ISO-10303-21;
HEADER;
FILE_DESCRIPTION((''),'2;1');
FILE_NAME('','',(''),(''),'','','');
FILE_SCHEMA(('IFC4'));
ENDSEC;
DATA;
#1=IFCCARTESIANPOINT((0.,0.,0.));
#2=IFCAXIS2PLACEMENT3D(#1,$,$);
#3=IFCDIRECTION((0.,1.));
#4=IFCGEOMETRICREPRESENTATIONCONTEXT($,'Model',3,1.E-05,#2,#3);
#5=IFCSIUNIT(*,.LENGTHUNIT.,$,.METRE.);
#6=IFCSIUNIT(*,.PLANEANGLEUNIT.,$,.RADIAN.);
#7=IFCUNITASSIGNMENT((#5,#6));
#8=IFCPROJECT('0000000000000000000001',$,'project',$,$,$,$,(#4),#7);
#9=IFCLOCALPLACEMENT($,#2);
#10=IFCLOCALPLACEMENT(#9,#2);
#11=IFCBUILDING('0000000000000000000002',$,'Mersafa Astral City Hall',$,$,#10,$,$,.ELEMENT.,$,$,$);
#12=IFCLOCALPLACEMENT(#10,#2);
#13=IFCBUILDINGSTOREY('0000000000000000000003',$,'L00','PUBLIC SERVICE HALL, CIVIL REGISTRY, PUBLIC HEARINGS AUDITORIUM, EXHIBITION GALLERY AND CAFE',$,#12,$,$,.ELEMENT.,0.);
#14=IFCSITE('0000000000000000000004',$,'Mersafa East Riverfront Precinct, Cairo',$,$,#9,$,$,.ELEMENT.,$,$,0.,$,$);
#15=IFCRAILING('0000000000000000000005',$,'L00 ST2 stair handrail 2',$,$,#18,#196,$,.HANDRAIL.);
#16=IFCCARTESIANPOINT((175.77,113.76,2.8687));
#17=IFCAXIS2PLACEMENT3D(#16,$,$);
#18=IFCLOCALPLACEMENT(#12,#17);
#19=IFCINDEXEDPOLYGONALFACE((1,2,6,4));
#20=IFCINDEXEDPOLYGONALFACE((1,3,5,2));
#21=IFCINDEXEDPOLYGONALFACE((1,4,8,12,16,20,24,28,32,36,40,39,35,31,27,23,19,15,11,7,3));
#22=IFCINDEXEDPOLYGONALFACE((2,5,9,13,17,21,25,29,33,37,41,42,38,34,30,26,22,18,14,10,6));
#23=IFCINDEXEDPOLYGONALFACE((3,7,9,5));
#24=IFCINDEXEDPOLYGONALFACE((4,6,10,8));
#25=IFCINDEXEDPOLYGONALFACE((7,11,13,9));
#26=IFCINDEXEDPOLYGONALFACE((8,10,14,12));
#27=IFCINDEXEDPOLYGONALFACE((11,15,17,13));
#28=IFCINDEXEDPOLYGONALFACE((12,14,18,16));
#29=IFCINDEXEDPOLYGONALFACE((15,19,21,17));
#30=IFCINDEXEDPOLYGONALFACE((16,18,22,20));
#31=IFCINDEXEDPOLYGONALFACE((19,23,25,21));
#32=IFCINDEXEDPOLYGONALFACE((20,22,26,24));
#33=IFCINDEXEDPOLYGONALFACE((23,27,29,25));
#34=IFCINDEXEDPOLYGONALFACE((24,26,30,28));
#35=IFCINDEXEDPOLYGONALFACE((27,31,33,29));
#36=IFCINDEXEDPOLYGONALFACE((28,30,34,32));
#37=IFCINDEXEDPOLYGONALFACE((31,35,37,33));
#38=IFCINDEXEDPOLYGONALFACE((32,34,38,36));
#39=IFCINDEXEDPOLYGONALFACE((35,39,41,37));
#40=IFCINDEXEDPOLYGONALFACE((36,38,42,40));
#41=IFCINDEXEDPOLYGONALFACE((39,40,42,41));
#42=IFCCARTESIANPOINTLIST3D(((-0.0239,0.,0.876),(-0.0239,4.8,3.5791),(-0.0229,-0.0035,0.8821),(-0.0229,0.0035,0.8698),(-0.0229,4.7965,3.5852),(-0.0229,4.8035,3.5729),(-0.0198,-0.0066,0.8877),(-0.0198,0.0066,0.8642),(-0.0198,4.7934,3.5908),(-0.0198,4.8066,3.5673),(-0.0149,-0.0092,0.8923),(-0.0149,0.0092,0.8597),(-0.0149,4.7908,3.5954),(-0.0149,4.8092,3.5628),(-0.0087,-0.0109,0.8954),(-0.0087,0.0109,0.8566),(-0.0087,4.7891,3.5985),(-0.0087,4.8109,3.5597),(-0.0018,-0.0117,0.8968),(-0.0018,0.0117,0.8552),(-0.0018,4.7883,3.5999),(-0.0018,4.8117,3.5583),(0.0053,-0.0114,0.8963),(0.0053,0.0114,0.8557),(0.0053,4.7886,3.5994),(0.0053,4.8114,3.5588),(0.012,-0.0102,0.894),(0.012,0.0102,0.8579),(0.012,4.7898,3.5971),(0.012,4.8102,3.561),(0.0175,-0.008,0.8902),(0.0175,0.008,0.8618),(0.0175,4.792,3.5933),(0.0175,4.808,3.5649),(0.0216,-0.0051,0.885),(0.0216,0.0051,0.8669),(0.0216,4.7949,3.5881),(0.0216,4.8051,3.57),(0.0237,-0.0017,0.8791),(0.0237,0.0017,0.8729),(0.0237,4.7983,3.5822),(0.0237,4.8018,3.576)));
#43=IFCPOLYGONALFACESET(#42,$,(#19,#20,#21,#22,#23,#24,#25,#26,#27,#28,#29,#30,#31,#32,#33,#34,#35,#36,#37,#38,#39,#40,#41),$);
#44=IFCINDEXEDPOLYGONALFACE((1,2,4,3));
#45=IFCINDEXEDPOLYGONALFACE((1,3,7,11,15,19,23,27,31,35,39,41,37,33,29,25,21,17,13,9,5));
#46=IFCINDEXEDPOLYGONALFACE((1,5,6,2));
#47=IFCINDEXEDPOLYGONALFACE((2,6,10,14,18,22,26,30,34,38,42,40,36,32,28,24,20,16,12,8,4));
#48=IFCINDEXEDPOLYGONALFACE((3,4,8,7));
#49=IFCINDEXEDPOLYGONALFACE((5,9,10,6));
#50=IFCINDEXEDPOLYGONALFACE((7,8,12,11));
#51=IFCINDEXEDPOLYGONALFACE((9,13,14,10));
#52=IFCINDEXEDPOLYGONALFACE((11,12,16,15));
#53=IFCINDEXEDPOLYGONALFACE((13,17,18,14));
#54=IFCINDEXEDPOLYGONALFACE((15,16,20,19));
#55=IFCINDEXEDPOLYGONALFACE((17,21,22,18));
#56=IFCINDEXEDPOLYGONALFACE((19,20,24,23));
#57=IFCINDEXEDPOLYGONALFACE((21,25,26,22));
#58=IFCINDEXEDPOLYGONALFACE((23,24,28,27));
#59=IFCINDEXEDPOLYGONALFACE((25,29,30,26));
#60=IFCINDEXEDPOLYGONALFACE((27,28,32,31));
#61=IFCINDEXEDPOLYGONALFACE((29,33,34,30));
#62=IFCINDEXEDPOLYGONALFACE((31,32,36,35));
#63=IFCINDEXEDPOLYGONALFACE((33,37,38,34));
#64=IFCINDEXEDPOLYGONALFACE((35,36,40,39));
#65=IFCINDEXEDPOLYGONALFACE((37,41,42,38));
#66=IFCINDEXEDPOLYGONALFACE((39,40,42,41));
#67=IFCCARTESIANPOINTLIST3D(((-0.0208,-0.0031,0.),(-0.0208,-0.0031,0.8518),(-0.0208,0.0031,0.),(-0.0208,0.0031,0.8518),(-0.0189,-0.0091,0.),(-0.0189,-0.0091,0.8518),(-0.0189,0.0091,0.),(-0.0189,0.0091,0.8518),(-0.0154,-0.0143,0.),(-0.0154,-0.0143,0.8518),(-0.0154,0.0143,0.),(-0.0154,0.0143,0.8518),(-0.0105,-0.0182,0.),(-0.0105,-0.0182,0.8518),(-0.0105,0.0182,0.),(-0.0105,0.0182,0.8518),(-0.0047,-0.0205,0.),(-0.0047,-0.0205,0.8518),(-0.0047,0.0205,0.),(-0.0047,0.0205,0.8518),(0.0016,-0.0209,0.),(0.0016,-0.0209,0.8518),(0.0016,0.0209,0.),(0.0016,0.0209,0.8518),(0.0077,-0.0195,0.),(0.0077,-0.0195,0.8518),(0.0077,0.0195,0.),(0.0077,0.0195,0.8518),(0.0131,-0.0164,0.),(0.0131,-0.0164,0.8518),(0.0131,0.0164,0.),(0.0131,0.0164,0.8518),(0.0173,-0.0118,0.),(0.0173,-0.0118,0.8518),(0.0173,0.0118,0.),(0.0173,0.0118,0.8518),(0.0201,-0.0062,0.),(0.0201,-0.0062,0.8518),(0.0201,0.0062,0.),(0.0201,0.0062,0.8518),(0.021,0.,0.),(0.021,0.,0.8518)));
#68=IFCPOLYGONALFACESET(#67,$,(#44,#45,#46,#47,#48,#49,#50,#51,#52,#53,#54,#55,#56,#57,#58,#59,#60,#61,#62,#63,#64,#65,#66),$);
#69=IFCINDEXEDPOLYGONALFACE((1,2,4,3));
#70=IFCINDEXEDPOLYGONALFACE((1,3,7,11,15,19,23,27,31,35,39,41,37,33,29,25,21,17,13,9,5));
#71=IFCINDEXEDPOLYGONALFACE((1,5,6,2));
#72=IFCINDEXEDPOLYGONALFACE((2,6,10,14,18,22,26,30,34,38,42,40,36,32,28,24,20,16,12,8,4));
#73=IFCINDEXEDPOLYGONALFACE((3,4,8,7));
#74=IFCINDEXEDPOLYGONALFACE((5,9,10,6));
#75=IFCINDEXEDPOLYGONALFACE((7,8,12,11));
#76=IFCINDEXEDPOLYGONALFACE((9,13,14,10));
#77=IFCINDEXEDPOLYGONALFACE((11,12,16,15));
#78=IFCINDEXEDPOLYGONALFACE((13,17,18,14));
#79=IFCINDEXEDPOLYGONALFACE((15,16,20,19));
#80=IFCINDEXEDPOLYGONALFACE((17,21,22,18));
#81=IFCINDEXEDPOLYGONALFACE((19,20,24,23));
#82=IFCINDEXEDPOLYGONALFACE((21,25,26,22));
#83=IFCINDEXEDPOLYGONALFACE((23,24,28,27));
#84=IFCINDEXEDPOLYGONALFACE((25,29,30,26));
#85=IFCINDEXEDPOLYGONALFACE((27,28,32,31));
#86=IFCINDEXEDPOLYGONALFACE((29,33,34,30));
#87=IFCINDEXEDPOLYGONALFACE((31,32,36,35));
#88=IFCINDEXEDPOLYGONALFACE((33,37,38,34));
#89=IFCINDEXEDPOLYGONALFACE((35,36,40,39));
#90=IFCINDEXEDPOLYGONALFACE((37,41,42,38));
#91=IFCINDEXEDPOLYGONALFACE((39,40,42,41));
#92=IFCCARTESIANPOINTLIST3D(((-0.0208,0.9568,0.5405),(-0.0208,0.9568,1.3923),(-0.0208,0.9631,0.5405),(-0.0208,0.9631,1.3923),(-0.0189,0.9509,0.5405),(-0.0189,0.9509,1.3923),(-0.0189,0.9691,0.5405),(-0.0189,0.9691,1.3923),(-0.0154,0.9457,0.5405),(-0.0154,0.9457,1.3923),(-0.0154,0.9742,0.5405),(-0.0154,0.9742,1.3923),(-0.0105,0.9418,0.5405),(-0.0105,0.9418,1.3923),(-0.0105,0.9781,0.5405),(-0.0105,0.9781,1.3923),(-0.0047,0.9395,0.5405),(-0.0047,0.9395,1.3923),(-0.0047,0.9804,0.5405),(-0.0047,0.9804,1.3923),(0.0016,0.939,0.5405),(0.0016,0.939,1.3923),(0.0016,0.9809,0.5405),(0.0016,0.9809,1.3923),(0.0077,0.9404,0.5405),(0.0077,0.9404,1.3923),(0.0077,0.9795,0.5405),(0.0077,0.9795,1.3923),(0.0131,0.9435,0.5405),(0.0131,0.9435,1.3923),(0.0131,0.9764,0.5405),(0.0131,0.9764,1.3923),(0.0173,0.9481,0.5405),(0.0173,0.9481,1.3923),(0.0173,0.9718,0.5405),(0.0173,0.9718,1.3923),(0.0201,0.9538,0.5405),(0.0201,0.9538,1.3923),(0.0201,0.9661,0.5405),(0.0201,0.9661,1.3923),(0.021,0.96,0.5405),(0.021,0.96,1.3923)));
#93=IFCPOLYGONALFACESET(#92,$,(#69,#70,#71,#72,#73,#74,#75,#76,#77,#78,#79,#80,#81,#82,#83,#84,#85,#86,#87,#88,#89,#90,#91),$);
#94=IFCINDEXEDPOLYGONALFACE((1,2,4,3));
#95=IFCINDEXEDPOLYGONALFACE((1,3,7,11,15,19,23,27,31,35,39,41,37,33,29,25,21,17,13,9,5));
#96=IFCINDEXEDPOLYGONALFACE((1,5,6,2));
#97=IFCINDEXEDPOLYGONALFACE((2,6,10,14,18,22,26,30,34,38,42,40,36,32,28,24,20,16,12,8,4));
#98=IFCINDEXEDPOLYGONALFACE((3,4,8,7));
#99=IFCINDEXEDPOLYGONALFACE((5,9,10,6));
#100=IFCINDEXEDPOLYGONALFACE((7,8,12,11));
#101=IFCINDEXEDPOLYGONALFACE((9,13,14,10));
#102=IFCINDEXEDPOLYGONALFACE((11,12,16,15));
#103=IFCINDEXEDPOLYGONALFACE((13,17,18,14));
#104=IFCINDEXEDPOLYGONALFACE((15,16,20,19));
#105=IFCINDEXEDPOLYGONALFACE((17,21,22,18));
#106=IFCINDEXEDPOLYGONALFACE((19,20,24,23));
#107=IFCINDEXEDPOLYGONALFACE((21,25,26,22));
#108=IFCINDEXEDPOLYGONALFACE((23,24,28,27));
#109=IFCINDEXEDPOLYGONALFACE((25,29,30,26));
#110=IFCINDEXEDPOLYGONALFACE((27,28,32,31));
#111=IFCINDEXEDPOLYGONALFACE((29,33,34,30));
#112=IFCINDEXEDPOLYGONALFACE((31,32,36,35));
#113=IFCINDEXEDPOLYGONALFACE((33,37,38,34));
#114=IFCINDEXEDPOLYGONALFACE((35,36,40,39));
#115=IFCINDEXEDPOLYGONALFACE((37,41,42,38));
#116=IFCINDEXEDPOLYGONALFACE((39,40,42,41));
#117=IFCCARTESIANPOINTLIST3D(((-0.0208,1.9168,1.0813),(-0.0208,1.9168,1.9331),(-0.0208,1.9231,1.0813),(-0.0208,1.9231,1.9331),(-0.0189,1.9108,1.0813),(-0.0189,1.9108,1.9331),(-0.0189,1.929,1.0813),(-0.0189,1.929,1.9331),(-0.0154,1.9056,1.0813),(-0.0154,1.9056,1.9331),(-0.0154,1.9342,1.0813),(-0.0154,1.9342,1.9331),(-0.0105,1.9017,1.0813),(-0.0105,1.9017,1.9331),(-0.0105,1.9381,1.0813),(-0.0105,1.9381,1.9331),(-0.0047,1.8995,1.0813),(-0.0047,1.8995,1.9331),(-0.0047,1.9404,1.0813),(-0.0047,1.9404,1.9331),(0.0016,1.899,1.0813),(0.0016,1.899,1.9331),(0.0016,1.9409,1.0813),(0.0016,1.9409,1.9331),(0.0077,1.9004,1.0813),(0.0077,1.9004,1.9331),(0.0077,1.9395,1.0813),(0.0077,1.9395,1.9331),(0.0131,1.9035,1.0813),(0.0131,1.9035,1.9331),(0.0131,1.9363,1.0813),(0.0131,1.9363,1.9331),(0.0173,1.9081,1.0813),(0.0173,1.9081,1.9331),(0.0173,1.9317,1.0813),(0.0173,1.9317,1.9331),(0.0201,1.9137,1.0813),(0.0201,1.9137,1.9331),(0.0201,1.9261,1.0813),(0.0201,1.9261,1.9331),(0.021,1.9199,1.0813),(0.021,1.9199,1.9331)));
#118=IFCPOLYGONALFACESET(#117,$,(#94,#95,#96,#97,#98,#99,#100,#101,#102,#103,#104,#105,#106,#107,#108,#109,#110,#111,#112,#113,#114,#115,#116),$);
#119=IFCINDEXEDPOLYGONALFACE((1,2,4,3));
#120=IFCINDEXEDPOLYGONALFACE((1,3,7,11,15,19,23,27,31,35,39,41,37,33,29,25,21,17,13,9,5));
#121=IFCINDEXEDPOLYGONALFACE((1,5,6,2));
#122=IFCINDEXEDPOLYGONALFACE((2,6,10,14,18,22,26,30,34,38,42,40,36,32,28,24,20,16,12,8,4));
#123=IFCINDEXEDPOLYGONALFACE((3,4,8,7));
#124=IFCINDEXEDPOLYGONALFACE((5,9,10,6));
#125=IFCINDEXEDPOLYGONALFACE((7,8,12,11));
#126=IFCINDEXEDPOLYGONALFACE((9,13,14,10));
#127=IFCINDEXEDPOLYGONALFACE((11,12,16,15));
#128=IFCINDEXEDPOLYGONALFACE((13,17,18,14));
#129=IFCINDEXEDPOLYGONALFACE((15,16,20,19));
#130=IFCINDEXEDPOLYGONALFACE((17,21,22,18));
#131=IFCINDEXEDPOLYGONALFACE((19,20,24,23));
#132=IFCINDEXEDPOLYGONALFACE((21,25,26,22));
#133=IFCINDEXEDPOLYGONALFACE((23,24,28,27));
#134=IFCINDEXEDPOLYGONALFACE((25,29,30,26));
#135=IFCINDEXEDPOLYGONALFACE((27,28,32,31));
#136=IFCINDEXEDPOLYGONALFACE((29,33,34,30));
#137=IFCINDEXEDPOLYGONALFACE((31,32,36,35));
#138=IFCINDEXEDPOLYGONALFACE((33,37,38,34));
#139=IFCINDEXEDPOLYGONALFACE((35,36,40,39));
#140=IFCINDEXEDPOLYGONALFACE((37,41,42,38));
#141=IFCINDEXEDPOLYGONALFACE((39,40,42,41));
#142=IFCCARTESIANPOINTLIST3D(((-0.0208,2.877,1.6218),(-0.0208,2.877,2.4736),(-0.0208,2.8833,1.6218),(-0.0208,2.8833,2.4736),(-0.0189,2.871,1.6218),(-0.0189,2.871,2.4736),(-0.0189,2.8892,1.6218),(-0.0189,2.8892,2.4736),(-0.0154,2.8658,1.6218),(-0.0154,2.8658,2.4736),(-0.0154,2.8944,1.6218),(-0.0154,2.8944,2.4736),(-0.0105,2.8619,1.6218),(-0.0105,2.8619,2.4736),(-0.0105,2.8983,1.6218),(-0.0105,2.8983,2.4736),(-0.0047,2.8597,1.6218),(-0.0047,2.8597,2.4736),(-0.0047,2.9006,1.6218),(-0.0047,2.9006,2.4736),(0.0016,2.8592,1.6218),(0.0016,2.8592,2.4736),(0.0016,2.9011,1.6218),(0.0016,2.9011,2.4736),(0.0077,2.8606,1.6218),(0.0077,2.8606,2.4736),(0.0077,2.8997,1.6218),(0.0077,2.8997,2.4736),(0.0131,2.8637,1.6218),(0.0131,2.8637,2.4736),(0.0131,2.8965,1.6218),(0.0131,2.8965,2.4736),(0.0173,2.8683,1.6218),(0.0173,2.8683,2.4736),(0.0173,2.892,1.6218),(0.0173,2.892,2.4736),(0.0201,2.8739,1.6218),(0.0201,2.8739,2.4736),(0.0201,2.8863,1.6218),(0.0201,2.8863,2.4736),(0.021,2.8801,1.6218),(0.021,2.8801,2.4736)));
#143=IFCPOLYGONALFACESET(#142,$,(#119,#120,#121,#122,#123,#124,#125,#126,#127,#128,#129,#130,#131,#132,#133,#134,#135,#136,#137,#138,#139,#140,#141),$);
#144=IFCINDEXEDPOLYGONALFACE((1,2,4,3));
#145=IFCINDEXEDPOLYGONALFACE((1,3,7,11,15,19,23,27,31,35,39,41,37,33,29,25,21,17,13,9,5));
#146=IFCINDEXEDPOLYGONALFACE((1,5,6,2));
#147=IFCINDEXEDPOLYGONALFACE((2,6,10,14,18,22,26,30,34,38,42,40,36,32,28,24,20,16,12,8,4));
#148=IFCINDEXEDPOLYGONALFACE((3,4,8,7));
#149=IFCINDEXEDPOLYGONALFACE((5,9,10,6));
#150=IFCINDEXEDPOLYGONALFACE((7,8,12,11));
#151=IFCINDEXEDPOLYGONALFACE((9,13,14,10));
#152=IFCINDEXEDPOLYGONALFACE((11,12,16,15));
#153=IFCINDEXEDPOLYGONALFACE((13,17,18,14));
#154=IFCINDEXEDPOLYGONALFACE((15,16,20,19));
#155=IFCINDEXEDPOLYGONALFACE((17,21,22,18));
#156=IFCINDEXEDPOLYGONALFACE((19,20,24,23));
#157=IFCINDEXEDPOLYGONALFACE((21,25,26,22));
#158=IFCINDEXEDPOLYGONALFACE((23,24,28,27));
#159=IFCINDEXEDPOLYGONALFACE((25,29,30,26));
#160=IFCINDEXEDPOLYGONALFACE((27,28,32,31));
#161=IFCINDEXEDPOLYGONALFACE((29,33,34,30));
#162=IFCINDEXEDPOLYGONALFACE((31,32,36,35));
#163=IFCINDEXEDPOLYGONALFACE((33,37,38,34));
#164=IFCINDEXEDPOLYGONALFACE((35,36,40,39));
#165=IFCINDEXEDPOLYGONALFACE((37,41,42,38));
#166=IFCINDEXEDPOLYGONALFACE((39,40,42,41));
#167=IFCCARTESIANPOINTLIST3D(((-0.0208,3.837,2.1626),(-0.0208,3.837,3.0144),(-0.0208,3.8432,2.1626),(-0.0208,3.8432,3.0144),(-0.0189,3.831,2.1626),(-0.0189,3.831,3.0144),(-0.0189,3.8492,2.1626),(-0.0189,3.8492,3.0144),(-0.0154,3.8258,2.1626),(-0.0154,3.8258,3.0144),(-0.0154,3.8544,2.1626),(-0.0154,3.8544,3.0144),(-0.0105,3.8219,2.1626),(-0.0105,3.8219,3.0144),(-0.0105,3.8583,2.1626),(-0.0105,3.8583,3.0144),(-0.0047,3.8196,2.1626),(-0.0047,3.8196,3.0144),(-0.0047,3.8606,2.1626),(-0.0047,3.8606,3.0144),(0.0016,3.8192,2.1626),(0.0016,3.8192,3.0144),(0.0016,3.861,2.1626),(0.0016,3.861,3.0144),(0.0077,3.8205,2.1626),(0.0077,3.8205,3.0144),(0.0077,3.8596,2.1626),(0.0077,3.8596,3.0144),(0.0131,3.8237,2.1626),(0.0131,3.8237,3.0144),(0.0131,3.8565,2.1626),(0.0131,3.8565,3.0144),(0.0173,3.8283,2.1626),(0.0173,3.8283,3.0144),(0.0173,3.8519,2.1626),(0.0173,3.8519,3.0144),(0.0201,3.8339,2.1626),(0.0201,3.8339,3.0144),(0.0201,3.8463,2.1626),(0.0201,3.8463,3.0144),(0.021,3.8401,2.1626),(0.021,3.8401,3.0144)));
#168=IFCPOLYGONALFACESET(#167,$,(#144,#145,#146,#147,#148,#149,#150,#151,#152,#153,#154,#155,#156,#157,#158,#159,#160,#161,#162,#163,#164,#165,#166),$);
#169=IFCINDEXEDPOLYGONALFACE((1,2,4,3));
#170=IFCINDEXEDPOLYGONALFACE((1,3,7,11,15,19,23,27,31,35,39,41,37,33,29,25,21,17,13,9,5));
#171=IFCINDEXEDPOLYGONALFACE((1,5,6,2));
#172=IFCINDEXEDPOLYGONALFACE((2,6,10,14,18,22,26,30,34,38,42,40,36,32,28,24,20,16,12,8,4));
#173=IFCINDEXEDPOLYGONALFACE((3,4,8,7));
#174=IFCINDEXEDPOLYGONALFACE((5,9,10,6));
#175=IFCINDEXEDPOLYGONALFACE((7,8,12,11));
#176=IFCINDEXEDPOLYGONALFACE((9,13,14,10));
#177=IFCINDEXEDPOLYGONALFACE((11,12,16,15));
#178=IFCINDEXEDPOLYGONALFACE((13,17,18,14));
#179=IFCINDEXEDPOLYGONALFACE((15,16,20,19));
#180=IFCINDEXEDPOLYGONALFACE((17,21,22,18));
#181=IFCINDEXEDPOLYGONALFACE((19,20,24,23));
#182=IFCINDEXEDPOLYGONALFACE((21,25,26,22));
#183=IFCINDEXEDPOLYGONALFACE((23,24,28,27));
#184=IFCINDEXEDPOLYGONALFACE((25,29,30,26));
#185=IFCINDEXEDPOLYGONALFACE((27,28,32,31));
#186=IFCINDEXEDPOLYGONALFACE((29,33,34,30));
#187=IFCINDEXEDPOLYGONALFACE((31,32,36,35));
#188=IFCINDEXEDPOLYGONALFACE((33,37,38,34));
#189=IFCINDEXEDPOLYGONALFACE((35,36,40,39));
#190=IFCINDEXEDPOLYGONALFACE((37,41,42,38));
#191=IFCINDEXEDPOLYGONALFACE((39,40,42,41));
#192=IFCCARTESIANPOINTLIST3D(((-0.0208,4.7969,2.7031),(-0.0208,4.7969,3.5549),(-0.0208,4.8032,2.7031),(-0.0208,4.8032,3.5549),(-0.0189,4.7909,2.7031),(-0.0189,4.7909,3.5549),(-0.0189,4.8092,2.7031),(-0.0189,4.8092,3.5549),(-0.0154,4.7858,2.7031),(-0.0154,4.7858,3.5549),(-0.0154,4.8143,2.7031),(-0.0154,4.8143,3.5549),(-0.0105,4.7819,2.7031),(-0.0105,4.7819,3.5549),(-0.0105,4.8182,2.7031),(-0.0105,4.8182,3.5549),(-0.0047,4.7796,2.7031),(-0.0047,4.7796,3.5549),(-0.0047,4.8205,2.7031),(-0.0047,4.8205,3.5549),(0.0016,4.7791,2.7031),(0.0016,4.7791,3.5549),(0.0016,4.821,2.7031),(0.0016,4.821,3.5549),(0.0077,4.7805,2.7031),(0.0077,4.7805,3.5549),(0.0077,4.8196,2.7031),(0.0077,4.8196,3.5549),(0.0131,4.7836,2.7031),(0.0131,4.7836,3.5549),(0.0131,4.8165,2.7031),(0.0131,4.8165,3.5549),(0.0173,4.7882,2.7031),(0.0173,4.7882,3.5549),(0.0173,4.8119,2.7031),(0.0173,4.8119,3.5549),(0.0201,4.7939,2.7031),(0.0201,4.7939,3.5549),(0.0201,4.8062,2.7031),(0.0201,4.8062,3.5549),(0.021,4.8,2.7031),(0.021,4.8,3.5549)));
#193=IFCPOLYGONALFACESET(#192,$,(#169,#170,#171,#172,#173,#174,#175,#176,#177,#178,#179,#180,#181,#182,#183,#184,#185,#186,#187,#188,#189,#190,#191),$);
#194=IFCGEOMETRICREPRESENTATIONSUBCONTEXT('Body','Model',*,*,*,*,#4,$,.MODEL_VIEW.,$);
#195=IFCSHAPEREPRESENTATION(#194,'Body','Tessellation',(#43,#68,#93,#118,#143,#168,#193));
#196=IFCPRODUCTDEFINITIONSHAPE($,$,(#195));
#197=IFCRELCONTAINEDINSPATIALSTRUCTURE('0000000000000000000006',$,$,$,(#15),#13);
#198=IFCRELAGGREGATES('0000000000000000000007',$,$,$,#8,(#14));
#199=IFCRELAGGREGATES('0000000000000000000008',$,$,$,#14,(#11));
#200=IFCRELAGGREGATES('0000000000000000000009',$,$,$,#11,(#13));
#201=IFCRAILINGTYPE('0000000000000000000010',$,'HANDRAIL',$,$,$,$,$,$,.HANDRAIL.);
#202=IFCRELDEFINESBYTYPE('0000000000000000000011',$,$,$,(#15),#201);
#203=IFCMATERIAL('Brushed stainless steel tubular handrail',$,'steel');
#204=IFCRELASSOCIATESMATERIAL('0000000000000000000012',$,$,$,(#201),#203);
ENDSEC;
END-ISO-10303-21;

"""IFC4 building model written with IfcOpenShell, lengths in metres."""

from ifc_helpers import new_model, si_unit, direction, frame, origin, origin_2d, place, context, subcontext, project, spatial, circle, extrude, material, type_object, element, save


model = new_model("IFC4")

# Units and contexts
model_context = context("Model", 3, precision=1e-05, world=origin(), true_north=direction((0.0, 1.0)))
body_context = subcontext(model_context, "Body", "Model", "MODEL_VIEW")
ifc_project = project(units=[si_unit("LENGTHUNIT", "METRE"), si_unit("PLANEANGLEUNIT", "RADIAN")], contexts=[model_context])

# Site, building, storey
site_placement = place(None, origin())
site = spatial("IfcSite", under=ifc_project, at=site_placement, Name="Mersafa East Riverfront Precinct, Cairo", CompositionType="ELEMENT", RefElevation=0.0)
building_placement = place(site_placement, origin())
building = spatial("IfcBuilding", under=site, at=building_placement, Name="Mersafa Astral City Hall", CompositionType="ELEMENT")
storey_placement = place(building_placement, origin())
storey = spatial("IfcBuildingStorey", under=building, at=storey_placement, Name="L00", Description="PUBLIC SERVICE HALL, CIVIL REGISTRY, PUBLIC HEARINGS AUDITORIUM, EXHIBITION GALLERY AND CAFE", CompositionType="ELEMENT", Elevation=0.0)

# Railing
ifc_material_1 = material(Name="Brushed stainless steel tubular handrail", Category="steel")
railing_type_1 = type_object("IfcRailingType", Name="HANDRAIL", PredefinedType="HANDRAIL", material=ifc_material_1)
railing_1_placement = place(storey_placement, frame((175.77, 113.76, 2.8687)))
element("IfcRailing", 1, at=railing_1_placement, inside=storey, type_object=railing_type_1, Name="L00 ST2 stair handrail 2", PredefinedType="HANDRAIL", context=body_context, shape_type="SweptSolid", body=[
    extrude(circle(Radius=0.0239, at=origin_2d()), frame((0.0, 0.0, 0.876), z_axis=(0.0, 0.871335, 0.490688), x_axis=(-1.0, 0.0, 0.0)), (0.0, 0.0, 1.0), 5.5088),
    extrude(circle(Radius=0.021, at=origin_2d()), origin(), (0.0, 0.0, 1.0), 0.8518),
    extrude(circle(Radius=0.021, at=origin_2d()), frame((0.0, 0.96, 0.5405)), (0.0, 0.0, 1.0), 0.8518),
    extrude(circle(Radius=0.021, at=origin_2d()), frame((0.0, 1.9199, 1.0813)), (0.0, 0.0, 1.0), 0.8518),
    extrude(circle(Radius=0.021, at=origin_2d()), frame((0.0, 2.8801, 1.6218)), (0.0, 0.0, 1.0), 0.8518),
    extrude(circle(Radius=0.021, at=origin_2d()), frame((0.0, 3.8401, 2.1626)), (0.0, 0.0, 1.0), 0.8518),
    extrude(circle(Radius=0.021, at=origin_2d()), frame((0.0, 4.8, 2.7031)), (0.0, 0.0, 1.0), 0.8518),
])

save(model, "model.ifc")
